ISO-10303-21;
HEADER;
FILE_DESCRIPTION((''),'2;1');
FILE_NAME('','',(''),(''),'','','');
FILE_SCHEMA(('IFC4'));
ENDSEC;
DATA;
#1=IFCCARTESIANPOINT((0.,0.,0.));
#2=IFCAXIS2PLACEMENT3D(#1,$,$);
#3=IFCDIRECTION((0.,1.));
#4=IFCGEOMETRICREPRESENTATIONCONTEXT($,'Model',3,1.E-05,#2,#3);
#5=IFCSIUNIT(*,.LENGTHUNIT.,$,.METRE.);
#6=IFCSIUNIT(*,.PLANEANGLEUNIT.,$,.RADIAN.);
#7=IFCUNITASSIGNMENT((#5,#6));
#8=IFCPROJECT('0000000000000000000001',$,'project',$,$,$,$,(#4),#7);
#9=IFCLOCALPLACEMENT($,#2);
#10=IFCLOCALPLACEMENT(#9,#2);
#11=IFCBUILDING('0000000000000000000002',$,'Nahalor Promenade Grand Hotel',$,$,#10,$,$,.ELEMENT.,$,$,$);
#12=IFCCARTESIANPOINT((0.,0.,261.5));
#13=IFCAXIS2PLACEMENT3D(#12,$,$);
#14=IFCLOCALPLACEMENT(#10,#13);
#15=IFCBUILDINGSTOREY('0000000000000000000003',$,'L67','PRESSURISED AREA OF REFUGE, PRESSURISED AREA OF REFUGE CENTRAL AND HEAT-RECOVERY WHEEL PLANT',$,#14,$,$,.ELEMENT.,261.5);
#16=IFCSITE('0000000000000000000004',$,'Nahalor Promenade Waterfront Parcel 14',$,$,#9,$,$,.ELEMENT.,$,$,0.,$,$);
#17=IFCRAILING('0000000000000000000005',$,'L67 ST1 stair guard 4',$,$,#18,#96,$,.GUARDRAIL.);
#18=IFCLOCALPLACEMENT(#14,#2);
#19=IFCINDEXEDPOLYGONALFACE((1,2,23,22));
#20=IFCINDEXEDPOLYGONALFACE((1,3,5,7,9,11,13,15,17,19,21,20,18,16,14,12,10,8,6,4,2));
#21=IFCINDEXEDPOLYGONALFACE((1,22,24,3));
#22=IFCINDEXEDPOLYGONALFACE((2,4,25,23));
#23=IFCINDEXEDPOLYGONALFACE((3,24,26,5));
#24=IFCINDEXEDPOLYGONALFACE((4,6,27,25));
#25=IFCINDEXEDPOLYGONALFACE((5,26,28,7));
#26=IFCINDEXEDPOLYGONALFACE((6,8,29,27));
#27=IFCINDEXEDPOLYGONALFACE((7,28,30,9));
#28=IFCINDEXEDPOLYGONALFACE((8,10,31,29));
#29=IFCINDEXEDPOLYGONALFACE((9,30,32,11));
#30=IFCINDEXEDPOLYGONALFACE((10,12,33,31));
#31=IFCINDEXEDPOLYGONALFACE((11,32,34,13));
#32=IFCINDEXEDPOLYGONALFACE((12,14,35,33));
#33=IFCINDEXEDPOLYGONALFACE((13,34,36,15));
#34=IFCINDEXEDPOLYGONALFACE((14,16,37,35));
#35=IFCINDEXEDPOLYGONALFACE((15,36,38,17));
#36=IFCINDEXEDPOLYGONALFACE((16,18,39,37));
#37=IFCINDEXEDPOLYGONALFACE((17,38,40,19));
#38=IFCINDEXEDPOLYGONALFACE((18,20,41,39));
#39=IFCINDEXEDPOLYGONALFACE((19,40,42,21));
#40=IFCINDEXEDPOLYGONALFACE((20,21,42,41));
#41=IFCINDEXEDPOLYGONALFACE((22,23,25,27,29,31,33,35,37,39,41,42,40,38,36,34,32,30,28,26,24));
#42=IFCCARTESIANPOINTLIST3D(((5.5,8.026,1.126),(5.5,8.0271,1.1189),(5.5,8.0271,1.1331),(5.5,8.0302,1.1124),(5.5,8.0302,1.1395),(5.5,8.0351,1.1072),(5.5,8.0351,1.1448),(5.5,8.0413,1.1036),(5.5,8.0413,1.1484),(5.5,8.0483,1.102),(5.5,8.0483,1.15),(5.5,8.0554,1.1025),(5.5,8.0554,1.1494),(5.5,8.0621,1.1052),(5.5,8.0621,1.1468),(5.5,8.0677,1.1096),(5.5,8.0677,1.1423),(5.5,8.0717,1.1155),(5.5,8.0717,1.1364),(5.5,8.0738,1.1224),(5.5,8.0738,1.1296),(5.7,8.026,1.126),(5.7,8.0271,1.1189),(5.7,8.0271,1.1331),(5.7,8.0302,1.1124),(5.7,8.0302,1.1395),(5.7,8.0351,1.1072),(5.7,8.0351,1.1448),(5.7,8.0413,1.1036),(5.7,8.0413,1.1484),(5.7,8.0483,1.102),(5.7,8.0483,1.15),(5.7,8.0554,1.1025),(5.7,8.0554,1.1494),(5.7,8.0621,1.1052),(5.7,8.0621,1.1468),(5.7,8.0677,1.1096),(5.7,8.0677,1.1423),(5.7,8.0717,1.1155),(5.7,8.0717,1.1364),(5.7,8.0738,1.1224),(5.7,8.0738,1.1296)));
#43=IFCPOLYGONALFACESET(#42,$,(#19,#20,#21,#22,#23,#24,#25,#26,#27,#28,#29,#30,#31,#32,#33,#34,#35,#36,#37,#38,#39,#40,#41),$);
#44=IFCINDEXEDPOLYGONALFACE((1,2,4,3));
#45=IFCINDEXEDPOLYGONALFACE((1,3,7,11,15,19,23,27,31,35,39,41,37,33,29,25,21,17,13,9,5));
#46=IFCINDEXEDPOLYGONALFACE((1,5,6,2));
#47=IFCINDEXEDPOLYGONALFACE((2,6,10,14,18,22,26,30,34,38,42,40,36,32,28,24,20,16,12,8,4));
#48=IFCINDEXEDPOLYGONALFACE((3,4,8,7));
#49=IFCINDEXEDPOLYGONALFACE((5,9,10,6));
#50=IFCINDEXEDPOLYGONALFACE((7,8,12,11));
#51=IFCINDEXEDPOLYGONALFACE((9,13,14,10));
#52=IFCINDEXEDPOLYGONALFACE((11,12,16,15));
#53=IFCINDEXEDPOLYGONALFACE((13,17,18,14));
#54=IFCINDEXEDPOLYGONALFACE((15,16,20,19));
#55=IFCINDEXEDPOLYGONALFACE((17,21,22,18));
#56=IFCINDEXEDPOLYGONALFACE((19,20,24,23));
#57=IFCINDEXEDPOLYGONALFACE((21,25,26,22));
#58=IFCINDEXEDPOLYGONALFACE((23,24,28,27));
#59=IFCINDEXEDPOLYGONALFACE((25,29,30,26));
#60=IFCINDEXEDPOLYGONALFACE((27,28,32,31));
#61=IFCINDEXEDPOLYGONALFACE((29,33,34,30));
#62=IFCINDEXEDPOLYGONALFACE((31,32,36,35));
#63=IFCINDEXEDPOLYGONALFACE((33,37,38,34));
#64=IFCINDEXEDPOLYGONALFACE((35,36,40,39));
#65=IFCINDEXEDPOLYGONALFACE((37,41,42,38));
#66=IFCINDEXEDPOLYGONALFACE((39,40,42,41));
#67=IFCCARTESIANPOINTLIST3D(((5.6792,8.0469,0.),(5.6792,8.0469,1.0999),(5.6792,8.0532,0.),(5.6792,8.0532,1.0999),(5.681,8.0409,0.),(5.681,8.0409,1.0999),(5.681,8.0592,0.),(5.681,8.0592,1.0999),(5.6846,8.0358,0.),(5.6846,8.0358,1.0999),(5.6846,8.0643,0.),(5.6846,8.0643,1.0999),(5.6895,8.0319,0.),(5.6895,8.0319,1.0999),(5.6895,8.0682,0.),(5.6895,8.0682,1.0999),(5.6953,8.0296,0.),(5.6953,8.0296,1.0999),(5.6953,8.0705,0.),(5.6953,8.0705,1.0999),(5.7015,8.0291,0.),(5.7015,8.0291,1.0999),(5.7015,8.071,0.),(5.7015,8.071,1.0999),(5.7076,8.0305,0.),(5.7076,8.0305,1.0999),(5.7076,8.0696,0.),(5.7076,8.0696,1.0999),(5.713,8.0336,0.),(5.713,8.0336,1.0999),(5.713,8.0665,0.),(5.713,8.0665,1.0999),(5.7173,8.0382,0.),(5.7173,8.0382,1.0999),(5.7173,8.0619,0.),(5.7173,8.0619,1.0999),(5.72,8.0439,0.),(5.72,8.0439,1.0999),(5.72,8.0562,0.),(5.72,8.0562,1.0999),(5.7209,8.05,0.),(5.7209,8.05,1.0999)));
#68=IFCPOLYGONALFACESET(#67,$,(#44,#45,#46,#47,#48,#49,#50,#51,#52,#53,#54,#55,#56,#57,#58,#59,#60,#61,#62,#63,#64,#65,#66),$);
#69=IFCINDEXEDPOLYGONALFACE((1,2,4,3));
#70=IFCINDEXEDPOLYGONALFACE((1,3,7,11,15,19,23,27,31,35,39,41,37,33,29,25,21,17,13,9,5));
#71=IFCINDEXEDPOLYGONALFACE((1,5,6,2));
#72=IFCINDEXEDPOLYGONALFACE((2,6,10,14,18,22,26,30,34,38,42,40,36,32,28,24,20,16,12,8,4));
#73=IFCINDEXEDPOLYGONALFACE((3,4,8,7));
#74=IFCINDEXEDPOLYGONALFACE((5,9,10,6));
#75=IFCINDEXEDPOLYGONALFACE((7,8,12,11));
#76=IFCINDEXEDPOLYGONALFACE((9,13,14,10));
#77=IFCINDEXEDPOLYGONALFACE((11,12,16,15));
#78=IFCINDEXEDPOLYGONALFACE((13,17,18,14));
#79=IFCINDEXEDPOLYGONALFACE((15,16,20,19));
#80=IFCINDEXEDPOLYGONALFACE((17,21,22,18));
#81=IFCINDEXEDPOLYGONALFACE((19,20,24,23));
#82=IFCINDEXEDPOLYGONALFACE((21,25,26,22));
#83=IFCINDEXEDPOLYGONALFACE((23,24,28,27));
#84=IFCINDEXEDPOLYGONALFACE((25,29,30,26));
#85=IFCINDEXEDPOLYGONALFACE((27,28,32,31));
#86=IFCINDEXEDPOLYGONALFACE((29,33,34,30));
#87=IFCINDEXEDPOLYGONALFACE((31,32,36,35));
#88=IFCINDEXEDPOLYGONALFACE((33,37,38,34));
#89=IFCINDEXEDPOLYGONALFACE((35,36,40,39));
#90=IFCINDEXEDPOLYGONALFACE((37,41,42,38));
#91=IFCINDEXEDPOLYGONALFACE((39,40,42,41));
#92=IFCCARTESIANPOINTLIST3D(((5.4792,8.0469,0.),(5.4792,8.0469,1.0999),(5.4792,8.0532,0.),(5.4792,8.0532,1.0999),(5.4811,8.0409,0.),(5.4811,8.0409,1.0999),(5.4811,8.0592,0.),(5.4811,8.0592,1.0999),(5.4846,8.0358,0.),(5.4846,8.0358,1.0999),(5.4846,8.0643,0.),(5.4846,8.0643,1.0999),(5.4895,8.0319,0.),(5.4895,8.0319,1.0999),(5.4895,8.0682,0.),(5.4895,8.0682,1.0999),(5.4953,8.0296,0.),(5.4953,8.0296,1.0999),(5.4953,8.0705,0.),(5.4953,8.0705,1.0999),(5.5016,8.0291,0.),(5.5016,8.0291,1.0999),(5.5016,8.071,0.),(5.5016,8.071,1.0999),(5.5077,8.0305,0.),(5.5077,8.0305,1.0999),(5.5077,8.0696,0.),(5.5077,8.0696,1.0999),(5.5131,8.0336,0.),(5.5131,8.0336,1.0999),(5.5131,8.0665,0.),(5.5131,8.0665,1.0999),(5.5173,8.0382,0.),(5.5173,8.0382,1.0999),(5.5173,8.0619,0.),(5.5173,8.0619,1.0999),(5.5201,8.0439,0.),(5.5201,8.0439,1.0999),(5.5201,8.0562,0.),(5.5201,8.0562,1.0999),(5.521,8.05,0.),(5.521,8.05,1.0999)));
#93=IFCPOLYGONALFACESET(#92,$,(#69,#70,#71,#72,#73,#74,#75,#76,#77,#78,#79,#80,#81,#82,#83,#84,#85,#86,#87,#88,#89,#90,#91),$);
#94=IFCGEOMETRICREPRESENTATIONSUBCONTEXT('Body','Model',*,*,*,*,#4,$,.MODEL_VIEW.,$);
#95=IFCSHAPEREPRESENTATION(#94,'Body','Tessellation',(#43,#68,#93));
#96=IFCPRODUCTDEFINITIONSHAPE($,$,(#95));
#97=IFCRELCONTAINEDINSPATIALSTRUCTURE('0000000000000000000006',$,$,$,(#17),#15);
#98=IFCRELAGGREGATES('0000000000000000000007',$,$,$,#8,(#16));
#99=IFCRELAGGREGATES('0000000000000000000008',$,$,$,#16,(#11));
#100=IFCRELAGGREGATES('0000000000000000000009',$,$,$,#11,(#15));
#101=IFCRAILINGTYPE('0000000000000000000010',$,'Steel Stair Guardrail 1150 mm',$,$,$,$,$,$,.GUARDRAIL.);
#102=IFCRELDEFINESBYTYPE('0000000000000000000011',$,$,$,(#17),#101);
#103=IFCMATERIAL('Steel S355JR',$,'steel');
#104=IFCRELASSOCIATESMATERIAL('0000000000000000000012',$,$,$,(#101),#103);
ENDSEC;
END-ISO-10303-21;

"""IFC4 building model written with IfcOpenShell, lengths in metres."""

from ifc_helpers import new_model, si_unit, direction, frame, origin, origin_2d, place, context, subcontext, project, spatial, circle, extrude, material, type_object, element, save


model = new_model("IFC4")

# Units and contexts
model_context = context("Model", 3, precision=1e-05, world=origin(), true_north=direction((0.0, 1.0)))
body_context = subcontext(model_context, "Body", "Model", "MODEL_VIEW")
ifc_project = project(units=[si_unit("LENGTHUNIT", "METRE"), si_unit("PLANEANGLEUNIT", "RADIAN")], contexts=[model_context])

# Site, building, storey
site_placement = place(None, origin())
site = spatial("IfcSite", under=ifc_project, at=site_placement, Name="Nahalor Promenade Waterfront Parcel 14", CompositionType="ELEMENT", RefElevation=0.0)
building_placement = place(site_placement, origin())
building = spatial("IfcBuilding", under=site, at=building_placement, Name="Nahalor Promenade Grand Hotel", CompositionType="ELEMENT")
storey_placement = place(building_placement, frame((0.0, 0.0, 261.5)))
storey = spatial("IfcBuildingStorey", under=building, at=storey_placement, Name="L67", Description="PRESSURISED AREA OF REFUGE, PRESSURISED AREA OF REFUGE CENTRAL AND HEAT-RECOVERY WHEEL PLANT", CompositionType="ELEMENT", Elevation=261.5)

# Shared definitions
ifc_material_1 = material(Name="Steel S355JR", Category="steel")

# Railing
railing_type_1 = type_object("IfcRailingType", Name="Steel Stair Guardrail 1150 mm", PredefinedType="GUARDRAIL", material=ifc_material_1)
railing_1_placement = place(storey_placement, frame((5.7, 8.05, 0.0)))
element("IfcRailing", 1, at=railing_1_placement, inside=storey, type_object=railing_type_1, Name="L67 ST1 stair guard 4", PredefinedType="GUARDRAIL", context=body_context, shape_type="SweptSolid", body=[
    extrude(circle(Radius=0.024, at=origin_2d()), frame((0.0, 0.0, 1.126), z_axis=(-1.0, 0.0, 0.0), x_axis=(0.0, -1.0, 0.0)), (0.0, 0.0, 1.0), 0.2),
    extrude(circle(Radius=0.021, at=origin_2d()), origin(), (0.0, 0.0, 1.0), 1.0999),
    extrude(circle(Radius=0.021, at=origin_2d()), frame((-0.2, 0.0, 0.0)), (0.0, 0.0, 1.0), 1.0999),
])

save(model, "model.ifc")
